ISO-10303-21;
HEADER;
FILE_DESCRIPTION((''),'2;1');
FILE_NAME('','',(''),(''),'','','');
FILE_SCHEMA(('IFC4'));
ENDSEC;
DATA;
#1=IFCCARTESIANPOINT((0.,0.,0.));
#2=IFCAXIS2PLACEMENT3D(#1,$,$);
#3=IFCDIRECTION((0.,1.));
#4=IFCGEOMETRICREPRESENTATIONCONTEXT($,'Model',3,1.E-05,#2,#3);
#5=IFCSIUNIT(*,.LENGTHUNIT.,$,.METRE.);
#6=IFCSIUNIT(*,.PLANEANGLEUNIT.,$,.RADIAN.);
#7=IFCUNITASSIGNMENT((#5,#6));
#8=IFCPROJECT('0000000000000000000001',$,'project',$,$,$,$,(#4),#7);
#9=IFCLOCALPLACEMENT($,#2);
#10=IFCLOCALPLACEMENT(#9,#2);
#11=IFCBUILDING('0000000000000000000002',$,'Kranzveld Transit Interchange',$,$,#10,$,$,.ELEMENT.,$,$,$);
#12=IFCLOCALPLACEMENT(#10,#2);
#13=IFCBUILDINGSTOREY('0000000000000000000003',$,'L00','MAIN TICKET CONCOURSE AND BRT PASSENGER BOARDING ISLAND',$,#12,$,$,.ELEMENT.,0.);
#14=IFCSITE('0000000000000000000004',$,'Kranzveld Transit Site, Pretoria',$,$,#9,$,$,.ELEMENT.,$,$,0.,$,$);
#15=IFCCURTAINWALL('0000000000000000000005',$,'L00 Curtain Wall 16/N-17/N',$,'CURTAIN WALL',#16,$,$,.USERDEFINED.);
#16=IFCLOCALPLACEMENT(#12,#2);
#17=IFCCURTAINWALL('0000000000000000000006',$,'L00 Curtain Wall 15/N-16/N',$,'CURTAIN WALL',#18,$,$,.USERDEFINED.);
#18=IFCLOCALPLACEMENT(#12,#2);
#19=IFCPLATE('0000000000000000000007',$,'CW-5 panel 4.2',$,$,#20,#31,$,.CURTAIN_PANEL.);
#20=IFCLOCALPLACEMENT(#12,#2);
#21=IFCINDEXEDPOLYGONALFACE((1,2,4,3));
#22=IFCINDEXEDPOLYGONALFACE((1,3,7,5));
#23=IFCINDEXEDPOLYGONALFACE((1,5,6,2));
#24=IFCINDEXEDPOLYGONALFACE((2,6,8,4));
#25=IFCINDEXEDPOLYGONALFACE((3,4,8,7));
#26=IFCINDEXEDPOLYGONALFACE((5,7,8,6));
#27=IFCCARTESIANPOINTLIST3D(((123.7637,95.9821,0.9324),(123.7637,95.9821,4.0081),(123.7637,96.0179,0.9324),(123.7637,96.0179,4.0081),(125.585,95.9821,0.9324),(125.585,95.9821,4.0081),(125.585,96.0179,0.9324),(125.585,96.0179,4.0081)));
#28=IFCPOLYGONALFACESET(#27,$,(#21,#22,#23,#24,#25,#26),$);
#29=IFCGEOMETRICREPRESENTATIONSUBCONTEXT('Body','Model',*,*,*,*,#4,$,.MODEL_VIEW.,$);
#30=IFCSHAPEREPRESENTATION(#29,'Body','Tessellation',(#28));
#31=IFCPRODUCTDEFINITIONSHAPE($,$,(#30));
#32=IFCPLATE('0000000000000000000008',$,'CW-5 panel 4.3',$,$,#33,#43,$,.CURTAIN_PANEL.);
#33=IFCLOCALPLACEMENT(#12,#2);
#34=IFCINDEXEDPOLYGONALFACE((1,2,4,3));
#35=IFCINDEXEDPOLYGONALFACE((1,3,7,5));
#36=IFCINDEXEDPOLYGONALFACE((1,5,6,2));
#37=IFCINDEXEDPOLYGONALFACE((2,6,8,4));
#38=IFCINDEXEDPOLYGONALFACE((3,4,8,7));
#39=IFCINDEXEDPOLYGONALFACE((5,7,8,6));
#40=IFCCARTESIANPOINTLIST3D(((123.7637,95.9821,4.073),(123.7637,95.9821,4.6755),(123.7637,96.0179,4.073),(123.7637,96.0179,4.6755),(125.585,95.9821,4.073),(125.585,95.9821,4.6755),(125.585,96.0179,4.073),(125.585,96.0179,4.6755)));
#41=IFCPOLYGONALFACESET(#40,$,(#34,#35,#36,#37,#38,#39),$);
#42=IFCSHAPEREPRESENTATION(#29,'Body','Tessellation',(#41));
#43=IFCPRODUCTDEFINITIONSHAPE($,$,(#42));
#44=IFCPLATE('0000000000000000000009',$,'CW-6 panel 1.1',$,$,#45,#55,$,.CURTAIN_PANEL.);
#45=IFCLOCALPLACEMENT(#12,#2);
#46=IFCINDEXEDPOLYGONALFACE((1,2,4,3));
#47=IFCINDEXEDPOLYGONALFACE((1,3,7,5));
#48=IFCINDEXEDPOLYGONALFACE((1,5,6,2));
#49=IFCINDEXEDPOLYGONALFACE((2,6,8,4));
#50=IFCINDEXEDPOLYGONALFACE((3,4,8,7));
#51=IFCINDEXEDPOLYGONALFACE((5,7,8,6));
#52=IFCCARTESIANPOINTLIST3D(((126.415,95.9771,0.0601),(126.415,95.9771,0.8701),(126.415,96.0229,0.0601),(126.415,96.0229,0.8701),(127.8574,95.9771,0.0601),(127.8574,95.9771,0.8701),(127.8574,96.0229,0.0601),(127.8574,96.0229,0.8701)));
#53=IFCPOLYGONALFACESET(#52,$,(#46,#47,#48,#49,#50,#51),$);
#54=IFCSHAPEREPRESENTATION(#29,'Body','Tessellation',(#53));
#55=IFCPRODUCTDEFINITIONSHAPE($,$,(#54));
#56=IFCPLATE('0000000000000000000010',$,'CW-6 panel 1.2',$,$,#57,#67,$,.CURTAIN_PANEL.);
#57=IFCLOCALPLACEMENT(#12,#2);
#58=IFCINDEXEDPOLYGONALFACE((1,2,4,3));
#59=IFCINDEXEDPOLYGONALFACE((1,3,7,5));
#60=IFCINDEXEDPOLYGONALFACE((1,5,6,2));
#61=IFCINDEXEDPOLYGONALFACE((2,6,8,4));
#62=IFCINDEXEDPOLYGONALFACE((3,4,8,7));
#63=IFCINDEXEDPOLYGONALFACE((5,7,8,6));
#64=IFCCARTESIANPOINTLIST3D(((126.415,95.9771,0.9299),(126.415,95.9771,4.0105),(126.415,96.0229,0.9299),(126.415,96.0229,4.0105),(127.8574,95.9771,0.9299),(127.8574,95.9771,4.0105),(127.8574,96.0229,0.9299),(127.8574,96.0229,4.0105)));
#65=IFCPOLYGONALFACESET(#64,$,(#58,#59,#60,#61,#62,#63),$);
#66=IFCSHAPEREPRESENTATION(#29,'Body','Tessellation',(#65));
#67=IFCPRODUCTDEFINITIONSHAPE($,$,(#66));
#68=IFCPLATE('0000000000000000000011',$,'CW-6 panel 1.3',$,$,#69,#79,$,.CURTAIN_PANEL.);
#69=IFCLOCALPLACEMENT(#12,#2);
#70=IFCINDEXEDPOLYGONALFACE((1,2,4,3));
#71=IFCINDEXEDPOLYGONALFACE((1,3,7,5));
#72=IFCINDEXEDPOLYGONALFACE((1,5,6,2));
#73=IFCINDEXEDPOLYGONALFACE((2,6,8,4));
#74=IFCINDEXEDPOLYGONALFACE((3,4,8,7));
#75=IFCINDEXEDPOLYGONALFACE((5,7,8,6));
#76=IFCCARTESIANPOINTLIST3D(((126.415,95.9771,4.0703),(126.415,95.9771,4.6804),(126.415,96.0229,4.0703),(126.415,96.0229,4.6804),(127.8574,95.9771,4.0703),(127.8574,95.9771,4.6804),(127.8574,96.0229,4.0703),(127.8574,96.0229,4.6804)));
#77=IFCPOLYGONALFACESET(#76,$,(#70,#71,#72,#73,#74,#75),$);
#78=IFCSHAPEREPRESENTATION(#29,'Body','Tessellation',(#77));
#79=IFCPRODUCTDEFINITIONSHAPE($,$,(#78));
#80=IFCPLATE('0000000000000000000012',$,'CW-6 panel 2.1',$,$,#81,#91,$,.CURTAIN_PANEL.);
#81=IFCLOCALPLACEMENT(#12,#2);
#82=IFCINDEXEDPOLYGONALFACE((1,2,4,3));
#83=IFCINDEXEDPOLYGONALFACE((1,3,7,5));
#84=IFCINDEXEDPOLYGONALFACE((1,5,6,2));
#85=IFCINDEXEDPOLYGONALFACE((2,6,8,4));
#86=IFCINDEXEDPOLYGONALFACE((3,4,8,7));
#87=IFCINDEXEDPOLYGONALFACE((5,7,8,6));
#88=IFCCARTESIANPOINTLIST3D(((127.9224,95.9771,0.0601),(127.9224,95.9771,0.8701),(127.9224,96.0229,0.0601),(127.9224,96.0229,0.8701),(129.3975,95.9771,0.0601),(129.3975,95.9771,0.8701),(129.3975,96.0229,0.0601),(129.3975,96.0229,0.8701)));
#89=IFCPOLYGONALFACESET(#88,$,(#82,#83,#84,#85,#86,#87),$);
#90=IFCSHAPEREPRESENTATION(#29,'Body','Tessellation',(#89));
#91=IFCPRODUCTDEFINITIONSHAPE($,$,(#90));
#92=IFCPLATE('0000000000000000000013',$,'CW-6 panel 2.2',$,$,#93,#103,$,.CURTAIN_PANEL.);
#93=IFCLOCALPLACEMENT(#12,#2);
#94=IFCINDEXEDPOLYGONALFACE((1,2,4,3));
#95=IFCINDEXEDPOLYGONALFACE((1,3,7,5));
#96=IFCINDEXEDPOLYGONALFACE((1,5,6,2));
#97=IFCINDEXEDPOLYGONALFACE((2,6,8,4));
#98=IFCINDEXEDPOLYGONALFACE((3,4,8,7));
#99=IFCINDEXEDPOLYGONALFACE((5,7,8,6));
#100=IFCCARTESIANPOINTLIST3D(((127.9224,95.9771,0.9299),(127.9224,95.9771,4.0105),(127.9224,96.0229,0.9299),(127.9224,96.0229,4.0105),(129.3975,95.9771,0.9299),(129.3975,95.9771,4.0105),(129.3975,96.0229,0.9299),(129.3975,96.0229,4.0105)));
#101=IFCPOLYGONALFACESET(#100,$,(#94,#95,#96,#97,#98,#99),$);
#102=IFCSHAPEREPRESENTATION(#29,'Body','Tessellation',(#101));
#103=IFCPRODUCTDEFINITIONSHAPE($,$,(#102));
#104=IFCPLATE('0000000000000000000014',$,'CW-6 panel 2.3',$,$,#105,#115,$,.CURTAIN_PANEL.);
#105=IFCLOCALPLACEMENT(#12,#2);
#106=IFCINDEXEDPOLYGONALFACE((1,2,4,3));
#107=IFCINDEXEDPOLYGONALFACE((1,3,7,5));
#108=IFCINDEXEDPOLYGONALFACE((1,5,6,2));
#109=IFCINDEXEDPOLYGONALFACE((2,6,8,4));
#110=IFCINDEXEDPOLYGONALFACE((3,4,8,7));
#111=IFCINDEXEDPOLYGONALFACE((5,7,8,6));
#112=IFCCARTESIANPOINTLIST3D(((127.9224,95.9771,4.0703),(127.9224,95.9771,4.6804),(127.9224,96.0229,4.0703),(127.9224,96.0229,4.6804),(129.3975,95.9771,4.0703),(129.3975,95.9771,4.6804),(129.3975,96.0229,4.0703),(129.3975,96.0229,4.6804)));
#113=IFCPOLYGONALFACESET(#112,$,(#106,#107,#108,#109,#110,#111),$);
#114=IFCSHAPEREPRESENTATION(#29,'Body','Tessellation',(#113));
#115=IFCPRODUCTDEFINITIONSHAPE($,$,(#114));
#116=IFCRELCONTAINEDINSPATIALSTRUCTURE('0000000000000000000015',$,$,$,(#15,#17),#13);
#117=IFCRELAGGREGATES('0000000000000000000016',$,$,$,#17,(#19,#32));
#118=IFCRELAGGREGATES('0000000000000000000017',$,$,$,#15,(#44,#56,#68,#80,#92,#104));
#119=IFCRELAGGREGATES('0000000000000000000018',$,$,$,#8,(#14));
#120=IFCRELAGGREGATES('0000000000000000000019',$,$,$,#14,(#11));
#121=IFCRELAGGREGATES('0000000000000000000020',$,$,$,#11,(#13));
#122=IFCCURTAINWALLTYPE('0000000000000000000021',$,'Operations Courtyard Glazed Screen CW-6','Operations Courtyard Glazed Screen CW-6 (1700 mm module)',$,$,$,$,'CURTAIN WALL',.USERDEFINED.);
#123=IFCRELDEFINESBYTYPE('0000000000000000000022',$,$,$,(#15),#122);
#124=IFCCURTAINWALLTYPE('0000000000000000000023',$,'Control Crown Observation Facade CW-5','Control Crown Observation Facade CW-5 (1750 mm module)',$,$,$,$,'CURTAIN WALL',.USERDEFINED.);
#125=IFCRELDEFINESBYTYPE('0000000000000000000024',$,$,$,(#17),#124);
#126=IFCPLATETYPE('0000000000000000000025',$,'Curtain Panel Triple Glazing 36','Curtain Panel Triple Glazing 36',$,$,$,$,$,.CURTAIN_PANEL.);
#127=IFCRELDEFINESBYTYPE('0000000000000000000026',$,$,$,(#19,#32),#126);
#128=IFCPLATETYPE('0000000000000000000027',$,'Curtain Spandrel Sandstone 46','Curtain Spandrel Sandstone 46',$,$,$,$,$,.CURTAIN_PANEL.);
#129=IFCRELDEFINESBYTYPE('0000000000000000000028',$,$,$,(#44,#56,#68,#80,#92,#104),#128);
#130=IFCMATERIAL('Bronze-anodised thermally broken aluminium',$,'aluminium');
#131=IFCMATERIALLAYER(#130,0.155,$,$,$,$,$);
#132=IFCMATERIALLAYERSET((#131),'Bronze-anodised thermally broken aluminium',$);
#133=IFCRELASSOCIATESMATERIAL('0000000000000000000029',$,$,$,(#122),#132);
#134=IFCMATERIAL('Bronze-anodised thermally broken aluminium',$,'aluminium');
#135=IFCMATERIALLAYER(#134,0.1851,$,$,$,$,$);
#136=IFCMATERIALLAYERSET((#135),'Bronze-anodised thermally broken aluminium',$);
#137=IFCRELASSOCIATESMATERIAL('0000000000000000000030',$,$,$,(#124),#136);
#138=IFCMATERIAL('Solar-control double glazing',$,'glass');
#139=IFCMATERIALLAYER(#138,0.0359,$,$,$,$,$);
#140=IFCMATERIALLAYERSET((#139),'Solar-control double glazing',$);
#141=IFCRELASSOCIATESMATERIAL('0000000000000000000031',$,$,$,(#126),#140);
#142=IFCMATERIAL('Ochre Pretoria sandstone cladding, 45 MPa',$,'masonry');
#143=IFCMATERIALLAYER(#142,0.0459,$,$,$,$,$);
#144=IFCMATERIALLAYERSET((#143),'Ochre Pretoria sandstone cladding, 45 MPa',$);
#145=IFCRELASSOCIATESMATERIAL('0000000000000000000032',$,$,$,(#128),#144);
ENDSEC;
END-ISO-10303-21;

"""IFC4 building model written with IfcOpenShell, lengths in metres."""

from ifc_helpers import new_model, si_unit, direction, frame, origin, origin_2d, place, context, subcontext, project, spatial, rectangle, extrude, material, layer, layer_set, type_object, element, aggregate, save


model = new_model("IFC4")

# Units and contexts
model_context = context("Model", 3, precision=1e-05, world=origin(), true_north=direction((0.0, 1.0)))
body_context = subcontext(model_context, "Body", "Model", "MODEL_VIEW")
ifc_project = project(units=[si_unit("LENGTHUNIT", "METRE"), si_unit("PLANEANGLEUNIT", "RADIAN")], contexts=[model_context])

# Site, building, storey
site_placement = place(None, origin())
site = spatial("IfcSite", under=ifc_project, at=site_placement, Name="Kranzveld Transit Site, Pretoria", CompositionType="ELEMENT", RefElevation=0.0)
building_placement = place(site_placement, origin())
building = spatial("IfcBuilding", under=site, at=building_placement, Name="Kranzveld Transit Interchange", CompositionType="ELEMENT")
storey_placement = place(building_placement, origin())
storey = spatial("IfcBuildingStorey", under=building, at=storey_placement, Name="L00", Description="MAIN TICKET CONCOURSE AND BRT PASSENGER BOARDING ISLAND", CompositionType="ELEMENT", Elevation=0.0)

# Curtain walls
ifc_material_1 = material(Name="Bronze-anodised thermally broken aluminium", Category="aluminium")
ifc_layer_1 = layer(ifc_material_1, 0.155)
ifc_layer_set_1 = layer_set([ifc_layer_1], Name="Bronze-anodised thermally broken aluminium")
curtain_wall_type_1 = type_object("IfcCurtainWallType", Name="Operations Courtyard Glazed Screen CW-6", Description="Operations Courtyard Glazed Screen CW-6 (1700 mm module)", ElementType="CURTAIN WALL", PredefinedType="USERDEFINED", material=ifc_layer_set_1)
curtain_wall_1_placement = place(storey_placement, origin())
curtain_wall_1 = element("IfcCurtainWall", 1, at=curtain_wall_1_placement, inside=storey, type_object=curtain_wall_type_1, Name="L00 Curtain Wall 16/N-17/N", ObjectType="CURTAIN WALL", PredefinedType="USERDEFINED")
ifc_material_2 = material(Name="Bronze-anodised thermally broken aluminium", Category="aluminium")
ifc_layer_2 = layer(ifc_material_2, 0.1851)
ifc_layer_set_2 = layer_set([ifc_layer_2], Name="Bronze-anodised thermally broken aluminium")
curtain_wall_type_2 = type_object("IfcCurtainWallType", Name="Control Crown Observation Facade CW-5", Description="Control Crown Observation Facade CW-5 (1750 mm module)", ElementType="CURTAIN WALL", PredefinedType="USERDEFINED", material=ifc_layer_set_2)
curtain_wall_2_placement = place(storey_placement, origin())
curtain_wall_2 = element("IfcCurtainWall", 2, at=curtain_wall_2_placement, inside=storey, type_object=curtain_wall_type_2, Name="L00 Curtain Wall 15/N-16/N", ObjectType="CURTAIN WALL", PredefinedType="USERDEFINED")

# Plates
ifc_material_3 = material(Name="Solar-control double glazing", Category="glass")
ifc_layer_3 = layer(ifc_material_3, 0.0359)
ifc_layer_set_3 = layer_set([ifc_layer_3], Name="Solar-control double glazing")
plate_type_1 = type_object("IfcPlateType", Name="Curtain Panel Triple Glazing 36", Description="Curtain Panel Triple Glazing 36", PredefinedType="CURTAIN_PANEL", material=ifc_layer_set_3)
plate_1_placement = place(storey_placement, frame((124.6743, 96.0, 0.9324), z_axis=(0.0, 0.0, 1.0), x_axis=(1.0, 0.0, 0.0)))
plate_1 = element("IfcPlate", 3, at=plate_1_placement, type_object=plate_type_1, Name="CW-5 panel 4.2", PredefinedType="CURTAIN_PANEL", context=body_context, shape_type="SweptSolid", body=[
    extrude(rectangle(XDim=1.8213, YDim=0.0359, at=origin_2d()), origin(), (0.0, 0.0, 1.0), 3.0757),
])
plate_2_placement = place(storey_placement, frame((124.6743, 96.0, 4.073), z_axis=(0.0, 0.0, 1.0), x_axis=(1.0, 0.0, 0.0)))
plate_2 = element("IfcPlate", 4, at=plate_2_placement, type_object=plate_type_1, Name="CW-5 panel 4.3", PredefinedType="CURTAIN_PANEL", context=body_context, shape_type="SweptSolid", body=[
    extrude(rectangle(XDim=1.8213, YDim=0.0359, at=origin_2d()), origin(), (0.0, 0.0, 1.0), 0.6025),
])
aggregate(curtain_wall_2, [plate_1, plate_2])
ifc_material_4 = material(Name="Ochre Pretoria sandstone cladding, 45 MPa", Category="masonry")
ifc_layer_4 = layer(ifc_material_4, 0.0459)
ifc_layer_set_4 = layer_set([ifc_layer_4], Name="Ochre Pretoria sandstone cladding, 45 MPa")
plate_type_2 = type_object("IfcPlateType", Name="Curtain Spandrel Sandstone 46", Description="Curtain Spandrel Sandstone 46", PredefinedType="CURTAIN_PANEL", material=ifc_layer_set_4)
plate_3_placement = place(storey_placement, frame((127.1362, 96.0, 0.0601), z_axis=(0.0, 0.0, 1.0), x_axis=(1.0, 0.0, 0.0)))
plate_3 = element("IfcPlate", 5, at=plate_3_placement, type_object=plate_type_2, Name="CW-6 panel 1.1", PredefinedType="CURTAIN_PANEL", context=body_context, shape_type="SweptSolid", body=[
    extrude(rectangle(XDim=1.4424, YDim=0.0459, at=origin_2d()), origin(), (0.0, 0.0, 1.0), 0.8101),
])
plate_4_placement = place(storey_placement, frame((127.1362, 96.0, 0.9299), z_axis=(0.0, 0.0, 1.0), x_axis=(1.0, 0.0, 0.0)))
plate_4 = element("IfcPlate", 6, at=plate_4_placement, type_object=plate_type_2, Name="CW-6 panel 1.2", PredefinedType="CURTAIN_PANEL", context=body_context, shape_type="SweptSolid", body=[
    extrude(rectangle(XDim=1.4424, YDim=0.0459, at=origin_2d()), origin(), (0.0, 0.0, 1.0), 3.0806),
])
plate_5_placement = place(storey_placement, frame((127.1362, 96.0, 4.0703), z_axis=(0.0, 0.0, 1.0), x_axis=(1.0, 0.0, 0.0)))
plate_5 = element("IfcPlate", 7, at=plate_5_placement, type_object=plate_type_2, Name="CW-6 panel 1.3", PredefinedType="CURTAIN_PANEL", context=body_context, shape_type="SweptSolid", body=[
    extrude(rectangle(XDim=1.4424, YDim=0.0459, at=origin_2d()), origin(), (0.0, 0.0, 1.0), 0.6101),
])
plate_6_placement = place(storey_placement, frame((128.6599, 96.0, 0.0601), z_axis=(0.0, 0.0, 1.0), x_axis=(1.0, 0.0, 0.0)))
plate_6 = element("IfcPlate", 8, at=plate_6_placement, type_object=plate_type_2, Name="CW-6 panel 2.1", PredefinedType="CURTAIN_PANEL", context=body_context, shape_type="SweptSolid", body=[
    extrude(rectangle(XDim=1.4751, YDim=0.0459, at=origin_2d()), origin(), (0.0, 0.0, 1.0), 0.8101),
])
plate_7_placement = place(storey_placement, frame((128.6599, 96.0, 0.9299), z_axis=(0.0, 0.0, 1.0), x_axis=(1.0, 0.0, 0.0)))
plate_7 = element("IfcPlate", 9, at=plate_7_placement, type_object=plate_type_2, Name="CW-6 panel 2.2", PredefinedType="CURTAIN_PANEL", context=body_context, shape_type="SweptSolid", body=[
    extrude(rectangle(XDim=1.4751, YDim=0.0459, at=origin_2d()), origin(), (0.0, 0.0, 1.0), 3.0806),
])
plate_8_placement = place(storey_placement, frame((128.6599, 96.0, 4.0703), z_axis=(0.0, 0.0, 1.0), x_axis=(1.0, 0.0, 0.0)))
plate_8 = element("IfcPlate", 10, at=plate_8_placement, type_object=plate_type_2, Name="CW-6 panel 2.3", PredefinedType="CURTAIN_PANEL", context=body_context, shape_type="SweptSolid", body=[
    extrude(rectangle(XDim=1.4751, YDim=0.0459, at=origin_2d()), origin(), (0.0, 0.0, 1.0), 0.6101),
])
aggregate(curtain_wall_1, [plate_3, plate_4, plate_5, plate_6, plate_7, plate_8])

save(model, "model.ifc")
